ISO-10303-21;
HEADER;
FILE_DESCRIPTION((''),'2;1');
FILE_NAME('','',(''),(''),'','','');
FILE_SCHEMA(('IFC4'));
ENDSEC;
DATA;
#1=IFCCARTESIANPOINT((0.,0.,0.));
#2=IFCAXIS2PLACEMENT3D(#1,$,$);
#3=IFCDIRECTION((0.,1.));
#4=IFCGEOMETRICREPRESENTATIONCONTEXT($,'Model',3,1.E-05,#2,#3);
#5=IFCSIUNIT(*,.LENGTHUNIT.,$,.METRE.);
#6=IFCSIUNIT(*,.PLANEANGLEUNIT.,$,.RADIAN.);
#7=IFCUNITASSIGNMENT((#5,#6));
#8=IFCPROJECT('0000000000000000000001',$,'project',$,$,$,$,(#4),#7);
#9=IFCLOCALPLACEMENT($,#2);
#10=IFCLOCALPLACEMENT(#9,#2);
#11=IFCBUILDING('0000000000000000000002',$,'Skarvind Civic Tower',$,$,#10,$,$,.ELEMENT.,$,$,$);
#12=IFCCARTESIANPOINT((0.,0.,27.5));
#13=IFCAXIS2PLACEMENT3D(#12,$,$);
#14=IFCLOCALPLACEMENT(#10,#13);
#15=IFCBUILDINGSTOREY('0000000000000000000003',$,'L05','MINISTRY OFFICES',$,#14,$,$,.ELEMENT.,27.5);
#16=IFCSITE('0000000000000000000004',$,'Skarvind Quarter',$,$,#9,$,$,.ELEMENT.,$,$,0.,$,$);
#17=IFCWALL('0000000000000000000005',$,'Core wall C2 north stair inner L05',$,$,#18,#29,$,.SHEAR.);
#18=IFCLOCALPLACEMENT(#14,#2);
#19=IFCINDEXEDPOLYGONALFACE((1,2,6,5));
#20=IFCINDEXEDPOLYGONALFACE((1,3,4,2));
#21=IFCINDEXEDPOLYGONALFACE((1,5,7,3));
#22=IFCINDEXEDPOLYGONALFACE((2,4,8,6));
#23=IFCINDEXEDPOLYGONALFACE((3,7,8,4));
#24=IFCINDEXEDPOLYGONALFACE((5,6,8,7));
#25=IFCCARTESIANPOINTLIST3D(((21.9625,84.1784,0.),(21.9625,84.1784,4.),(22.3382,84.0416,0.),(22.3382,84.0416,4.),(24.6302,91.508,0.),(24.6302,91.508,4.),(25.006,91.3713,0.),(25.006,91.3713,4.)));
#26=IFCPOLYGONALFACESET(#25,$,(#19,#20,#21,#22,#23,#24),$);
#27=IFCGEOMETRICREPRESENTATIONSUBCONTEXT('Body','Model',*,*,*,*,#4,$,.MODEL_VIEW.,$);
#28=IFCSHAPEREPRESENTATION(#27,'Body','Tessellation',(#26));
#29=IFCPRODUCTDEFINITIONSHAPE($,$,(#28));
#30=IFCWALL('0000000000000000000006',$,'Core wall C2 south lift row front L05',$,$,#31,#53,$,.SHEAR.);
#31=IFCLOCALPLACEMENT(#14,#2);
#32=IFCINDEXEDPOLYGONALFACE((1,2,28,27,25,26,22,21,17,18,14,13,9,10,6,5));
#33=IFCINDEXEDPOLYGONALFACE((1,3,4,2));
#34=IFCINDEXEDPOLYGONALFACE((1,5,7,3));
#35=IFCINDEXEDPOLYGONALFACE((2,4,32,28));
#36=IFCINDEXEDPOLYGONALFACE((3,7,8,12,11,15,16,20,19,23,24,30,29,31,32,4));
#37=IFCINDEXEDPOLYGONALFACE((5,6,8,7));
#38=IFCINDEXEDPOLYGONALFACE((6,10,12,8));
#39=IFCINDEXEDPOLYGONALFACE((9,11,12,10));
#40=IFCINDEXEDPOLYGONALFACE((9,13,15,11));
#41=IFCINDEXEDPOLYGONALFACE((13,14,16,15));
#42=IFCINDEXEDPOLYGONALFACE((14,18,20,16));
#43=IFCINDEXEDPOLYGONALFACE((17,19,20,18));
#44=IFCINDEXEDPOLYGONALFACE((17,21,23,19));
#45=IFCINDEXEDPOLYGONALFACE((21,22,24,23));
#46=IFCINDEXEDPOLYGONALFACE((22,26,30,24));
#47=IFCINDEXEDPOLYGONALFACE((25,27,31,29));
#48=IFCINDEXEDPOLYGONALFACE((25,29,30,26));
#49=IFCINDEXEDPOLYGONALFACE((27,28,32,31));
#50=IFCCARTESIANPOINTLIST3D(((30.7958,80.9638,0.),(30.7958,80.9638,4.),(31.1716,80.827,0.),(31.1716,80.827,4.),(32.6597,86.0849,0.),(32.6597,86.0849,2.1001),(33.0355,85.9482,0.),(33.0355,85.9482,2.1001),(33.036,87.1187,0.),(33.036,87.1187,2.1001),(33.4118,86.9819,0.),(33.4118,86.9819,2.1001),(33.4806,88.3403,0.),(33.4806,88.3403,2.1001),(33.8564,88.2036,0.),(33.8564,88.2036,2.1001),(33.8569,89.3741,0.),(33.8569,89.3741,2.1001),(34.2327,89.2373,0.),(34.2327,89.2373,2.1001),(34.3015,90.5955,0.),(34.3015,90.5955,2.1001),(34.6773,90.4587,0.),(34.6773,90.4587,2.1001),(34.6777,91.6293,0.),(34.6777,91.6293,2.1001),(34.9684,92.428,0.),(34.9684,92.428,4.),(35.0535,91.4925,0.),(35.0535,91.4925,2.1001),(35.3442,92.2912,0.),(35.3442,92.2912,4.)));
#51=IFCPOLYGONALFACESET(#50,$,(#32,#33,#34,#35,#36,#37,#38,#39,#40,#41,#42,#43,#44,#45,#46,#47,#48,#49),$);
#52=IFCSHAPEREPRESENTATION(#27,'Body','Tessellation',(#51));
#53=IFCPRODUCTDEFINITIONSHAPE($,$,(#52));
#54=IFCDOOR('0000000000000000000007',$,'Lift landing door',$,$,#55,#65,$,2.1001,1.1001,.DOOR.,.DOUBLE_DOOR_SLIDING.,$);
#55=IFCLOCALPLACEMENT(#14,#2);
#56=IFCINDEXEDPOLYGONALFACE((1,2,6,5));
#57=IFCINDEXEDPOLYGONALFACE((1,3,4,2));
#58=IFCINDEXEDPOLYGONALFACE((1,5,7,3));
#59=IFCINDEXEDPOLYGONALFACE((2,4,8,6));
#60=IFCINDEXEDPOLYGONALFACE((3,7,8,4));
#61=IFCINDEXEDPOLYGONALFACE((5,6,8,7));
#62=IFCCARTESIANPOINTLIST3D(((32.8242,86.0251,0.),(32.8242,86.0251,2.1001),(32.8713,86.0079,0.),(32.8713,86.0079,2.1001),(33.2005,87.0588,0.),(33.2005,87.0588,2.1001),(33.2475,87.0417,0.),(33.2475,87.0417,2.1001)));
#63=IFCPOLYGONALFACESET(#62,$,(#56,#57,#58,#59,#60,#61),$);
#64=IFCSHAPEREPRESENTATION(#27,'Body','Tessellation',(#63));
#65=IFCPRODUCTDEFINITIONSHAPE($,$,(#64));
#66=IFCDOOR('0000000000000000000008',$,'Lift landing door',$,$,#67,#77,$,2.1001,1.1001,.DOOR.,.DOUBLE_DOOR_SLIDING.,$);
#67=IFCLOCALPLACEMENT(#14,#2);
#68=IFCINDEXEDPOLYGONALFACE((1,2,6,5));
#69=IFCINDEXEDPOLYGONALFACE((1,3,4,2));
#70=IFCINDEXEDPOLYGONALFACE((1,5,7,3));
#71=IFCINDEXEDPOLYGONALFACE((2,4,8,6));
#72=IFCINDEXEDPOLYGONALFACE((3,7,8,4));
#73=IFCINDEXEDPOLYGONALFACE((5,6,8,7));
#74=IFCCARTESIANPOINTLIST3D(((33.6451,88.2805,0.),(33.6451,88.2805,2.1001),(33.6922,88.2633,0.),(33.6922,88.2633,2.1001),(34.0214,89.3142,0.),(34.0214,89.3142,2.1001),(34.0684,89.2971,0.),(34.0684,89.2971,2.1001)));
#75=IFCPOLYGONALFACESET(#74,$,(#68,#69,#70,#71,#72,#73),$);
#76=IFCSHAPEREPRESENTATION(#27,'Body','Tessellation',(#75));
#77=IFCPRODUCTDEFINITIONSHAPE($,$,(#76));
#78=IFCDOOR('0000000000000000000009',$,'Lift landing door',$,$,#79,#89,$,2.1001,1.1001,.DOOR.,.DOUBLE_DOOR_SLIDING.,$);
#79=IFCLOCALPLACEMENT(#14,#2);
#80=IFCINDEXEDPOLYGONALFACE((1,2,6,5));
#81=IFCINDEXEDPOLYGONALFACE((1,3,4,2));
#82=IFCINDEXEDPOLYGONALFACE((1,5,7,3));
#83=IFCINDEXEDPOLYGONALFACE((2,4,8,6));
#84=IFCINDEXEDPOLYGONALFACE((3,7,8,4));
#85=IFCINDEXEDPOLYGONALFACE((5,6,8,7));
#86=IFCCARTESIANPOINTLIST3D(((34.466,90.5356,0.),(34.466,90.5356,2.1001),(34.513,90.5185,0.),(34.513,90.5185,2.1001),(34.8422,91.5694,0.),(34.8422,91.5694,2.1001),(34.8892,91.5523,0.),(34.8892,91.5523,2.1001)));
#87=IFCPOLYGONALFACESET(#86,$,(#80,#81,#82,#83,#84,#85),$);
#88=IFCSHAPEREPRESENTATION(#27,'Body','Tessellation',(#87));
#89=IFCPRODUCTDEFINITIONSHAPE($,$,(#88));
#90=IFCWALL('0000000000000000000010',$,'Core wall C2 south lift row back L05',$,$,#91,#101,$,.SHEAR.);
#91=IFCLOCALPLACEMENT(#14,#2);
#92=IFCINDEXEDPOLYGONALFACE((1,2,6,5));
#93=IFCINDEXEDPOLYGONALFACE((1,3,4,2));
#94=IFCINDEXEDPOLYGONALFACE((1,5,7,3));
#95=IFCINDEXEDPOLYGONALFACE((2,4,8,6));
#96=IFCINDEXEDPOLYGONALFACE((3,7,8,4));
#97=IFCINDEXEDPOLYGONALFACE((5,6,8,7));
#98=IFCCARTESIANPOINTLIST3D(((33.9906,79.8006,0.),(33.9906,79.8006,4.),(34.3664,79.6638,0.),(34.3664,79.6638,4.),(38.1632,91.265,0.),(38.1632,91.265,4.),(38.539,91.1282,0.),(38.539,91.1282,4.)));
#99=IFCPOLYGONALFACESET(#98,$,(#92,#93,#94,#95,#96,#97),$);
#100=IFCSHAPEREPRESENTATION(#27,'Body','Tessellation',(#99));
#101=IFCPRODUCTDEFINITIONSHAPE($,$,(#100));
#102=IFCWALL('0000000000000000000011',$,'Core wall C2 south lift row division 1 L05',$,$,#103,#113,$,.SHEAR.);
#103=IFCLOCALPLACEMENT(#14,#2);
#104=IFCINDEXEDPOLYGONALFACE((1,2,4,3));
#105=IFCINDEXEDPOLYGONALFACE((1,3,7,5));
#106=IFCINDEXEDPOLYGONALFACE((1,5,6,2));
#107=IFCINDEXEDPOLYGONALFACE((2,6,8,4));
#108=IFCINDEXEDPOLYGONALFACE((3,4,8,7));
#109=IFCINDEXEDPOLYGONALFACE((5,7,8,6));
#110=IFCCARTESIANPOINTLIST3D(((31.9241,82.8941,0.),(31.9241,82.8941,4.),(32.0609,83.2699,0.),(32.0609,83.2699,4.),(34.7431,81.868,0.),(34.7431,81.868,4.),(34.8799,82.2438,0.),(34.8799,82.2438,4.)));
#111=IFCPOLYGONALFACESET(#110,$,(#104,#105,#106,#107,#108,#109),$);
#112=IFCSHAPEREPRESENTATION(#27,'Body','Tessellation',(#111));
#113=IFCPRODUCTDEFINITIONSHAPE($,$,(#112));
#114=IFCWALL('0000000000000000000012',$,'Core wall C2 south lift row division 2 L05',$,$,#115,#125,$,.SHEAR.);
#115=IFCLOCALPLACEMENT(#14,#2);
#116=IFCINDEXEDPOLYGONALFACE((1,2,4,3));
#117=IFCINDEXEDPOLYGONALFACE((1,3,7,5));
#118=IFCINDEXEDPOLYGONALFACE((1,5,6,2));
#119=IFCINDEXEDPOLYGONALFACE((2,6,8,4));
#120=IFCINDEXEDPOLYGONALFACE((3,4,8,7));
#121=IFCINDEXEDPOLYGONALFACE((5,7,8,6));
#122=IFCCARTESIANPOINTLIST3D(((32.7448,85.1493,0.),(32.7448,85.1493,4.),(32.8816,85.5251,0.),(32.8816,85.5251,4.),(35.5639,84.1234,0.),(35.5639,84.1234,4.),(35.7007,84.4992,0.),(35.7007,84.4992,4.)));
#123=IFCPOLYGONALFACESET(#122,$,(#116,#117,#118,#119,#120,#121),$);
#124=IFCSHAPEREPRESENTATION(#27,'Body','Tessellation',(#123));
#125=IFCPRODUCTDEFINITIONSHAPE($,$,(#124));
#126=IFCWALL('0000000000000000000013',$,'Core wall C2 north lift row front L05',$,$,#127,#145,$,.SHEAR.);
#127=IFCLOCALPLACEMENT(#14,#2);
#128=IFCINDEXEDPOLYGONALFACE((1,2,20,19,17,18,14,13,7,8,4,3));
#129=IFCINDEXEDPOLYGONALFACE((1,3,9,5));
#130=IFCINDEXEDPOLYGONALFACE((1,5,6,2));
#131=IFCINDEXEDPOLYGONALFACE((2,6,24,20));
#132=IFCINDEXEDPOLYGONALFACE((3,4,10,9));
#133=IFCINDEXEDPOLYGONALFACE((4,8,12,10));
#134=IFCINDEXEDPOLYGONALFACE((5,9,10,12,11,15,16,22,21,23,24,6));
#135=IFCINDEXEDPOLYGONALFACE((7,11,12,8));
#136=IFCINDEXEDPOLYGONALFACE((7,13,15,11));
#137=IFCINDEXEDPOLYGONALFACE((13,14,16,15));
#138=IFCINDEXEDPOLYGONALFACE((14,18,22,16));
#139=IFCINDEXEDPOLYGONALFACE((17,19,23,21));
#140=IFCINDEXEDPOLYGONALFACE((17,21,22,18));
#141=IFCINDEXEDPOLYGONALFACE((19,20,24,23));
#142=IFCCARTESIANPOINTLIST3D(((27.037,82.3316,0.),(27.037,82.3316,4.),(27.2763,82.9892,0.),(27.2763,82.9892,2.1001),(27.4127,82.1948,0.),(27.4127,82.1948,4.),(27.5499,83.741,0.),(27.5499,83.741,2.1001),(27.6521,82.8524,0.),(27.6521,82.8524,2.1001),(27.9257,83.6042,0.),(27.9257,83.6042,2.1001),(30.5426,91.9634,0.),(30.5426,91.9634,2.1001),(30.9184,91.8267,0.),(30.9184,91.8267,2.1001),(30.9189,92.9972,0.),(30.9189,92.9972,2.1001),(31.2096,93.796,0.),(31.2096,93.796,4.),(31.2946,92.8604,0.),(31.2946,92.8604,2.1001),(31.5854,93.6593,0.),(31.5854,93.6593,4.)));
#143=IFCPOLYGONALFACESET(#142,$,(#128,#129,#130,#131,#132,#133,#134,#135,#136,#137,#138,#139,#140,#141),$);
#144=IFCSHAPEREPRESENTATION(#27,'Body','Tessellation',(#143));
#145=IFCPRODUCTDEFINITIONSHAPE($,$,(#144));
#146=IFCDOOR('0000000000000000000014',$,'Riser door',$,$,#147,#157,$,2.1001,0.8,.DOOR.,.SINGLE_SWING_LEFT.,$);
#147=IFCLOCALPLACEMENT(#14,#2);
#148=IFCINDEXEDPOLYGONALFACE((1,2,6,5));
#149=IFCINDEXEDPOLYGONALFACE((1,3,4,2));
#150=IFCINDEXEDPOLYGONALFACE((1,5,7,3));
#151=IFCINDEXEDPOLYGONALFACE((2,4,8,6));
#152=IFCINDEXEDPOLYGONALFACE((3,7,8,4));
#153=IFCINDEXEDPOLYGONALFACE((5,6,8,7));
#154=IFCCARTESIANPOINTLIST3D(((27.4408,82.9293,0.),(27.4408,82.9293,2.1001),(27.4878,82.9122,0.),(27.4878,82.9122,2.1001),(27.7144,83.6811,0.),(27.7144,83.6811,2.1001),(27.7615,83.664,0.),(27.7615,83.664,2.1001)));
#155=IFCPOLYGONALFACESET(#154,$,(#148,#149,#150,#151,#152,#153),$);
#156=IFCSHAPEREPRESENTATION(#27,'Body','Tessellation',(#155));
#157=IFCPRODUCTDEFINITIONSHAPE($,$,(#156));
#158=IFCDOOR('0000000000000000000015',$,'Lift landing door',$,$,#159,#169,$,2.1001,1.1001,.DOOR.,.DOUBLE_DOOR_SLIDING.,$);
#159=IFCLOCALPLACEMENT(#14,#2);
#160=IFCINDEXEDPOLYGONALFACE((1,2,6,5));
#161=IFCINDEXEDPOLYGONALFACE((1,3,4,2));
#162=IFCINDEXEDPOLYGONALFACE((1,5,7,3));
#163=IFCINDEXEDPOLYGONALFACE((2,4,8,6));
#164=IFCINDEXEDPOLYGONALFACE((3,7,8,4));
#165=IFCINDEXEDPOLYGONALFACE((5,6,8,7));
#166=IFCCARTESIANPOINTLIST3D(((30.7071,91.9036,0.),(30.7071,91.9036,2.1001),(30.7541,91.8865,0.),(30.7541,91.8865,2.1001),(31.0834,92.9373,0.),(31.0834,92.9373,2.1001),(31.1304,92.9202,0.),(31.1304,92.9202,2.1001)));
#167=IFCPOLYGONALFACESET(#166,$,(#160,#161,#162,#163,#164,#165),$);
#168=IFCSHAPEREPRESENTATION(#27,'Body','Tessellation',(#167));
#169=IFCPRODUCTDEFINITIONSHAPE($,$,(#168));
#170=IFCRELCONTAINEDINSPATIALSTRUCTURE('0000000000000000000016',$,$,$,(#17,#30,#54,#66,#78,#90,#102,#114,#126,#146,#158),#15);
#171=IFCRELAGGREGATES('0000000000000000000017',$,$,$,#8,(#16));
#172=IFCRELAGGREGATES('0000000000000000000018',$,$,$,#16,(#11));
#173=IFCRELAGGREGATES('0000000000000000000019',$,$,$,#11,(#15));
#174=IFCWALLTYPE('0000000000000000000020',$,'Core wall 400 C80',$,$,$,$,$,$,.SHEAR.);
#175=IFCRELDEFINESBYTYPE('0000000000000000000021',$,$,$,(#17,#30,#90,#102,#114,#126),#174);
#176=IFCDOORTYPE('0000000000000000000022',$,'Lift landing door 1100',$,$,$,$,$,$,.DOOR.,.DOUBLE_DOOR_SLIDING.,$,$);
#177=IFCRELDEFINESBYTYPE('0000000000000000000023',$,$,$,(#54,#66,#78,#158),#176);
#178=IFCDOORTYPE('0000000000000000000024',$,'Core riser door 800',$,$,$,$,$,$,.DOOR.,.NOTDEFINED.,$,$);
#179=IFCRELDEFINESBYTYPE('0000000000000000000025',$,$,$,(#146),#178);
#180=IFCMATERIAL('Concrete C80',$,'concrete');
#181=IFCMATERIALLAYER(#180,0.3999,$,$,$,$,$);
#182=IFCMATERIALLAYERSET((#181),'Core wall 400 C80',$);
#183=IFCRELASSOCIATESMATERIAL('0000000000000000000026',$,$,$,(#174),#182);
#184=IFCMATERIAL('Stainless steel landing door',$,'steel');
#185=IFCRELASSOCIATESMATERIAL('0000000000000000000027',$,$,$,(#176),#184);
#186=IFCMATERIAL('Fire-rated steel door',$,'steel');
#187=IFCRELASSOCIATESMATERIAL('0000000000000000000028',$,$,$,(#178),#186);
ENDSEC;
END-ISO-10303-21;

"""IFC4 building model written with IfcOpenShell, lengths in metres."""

from ifc_helpers import new_model, si_unit, direction, frame, frame_2d, origin, place, context, subcontext, project, spatial, rectangle, extrude, material, layer, layer_set, type_object, element, fill, save


model = new_model("IFC4")

# Units and contexts
model_context = context("Model", 3, precision=1e-05, world=origin(), true_north=direction((0.0, 1.0)))
body_context = subcontext(model_context, "Body", "Model", "MODEL_VIEW")
ifc_project = project(units=[si_unit("LENGTHUNIT", "METRE"), si_unit("PLANEANGLEUNIT", "RADIAN")], contexts=[model_context])

# Site, building, storey
site_placement = place(None, origin())
site = spatial("IfcSite", under=ifc_project, at=site_placement, Name="Skarvind Quarter", CompositionType="ELEMENT", RefElevation=0.0)
building_placement = place(site_placement, origin())
building = spatial("IfcBuilding", under=site, at=building_placement, Name="Skarvind Civic Tower", CompositionType="ELEMENT")
storey_placement = place(building_placement, frame((0.0, 0.0, 27.5)))
storey = spatial("IfcBuildingStorey", under=building, at=storey_placement, Name="L05", Description="MINISTRY OFFICES", CompositionType="ELEMENT", Elevation=27.5)

# Wall
ifc_material_1 = material(Name="Concrete C80", Category="concrete")
ifc_layer_1 = layer(ifc_material_1, 0.3999)
ifc_layer_set_1 = layer_set([ifc_layer_1], Name="Core wall 400 C80")
wall_type_1 = type_object("IfcWallType", Name="Core wall 400 C80", PredefinedType="SHEAR", material=ifc_layer_set_1)
wall_1_placement = place(storey_placement, frame((22.1504, 84.1101, 0.0), z_axis=(0.0, 0.0, 1.0), x_axis=(0.342017, 0.939694, 0.0)))
element("IfcWall", 1, at=wall_1_placement, inside=storey, type_object=wall_type_1, Name="Core wall C2 north stair inner L05", PredefinedType="SHEAR", context=body_context, shape_type="SweptSolid", body=[
    extrude(rectangle(XDim=7.8, YDim=0.3999, at=frame_2d((3.8999, 0.0))), origin(), (0.0, 0.0, 1.0), 4.0),
])

# Wall, openings, doors
wall_2_placement = place(storey_placement, frame((30.9836, 80.8953, 0.0), z_axis=(0.0, 0.0, 1.0), x_axis=(0.342021, 0.939692, 0.0)))
wall_2 = element("IfcWall", 2, at=wall_2_placement, inside=storey, type_object=wall_type_1, Name="Core wall C2 south lift row front L05", PredefinedType="SHEAR", context=body_context, shape_type="SweptSolid", body=[
    extrude(rectangle(XDim=12.2, YDim=0.3999, at=frame_2d((6.1001, 0.0))), origin(), (0.0, 0.0, 1.0), 4.0),
])
opening_1_placement = place(wall_2_placement, frame((5.45, 0.0, 0.0)))
opening_1 = element("IfcOpeningElement", 3, at=opening_1_placement, cuts=wall_2, PredefinedType="OPENING", context=body_context, shape_type="SweptSolid", body=[
    extrude(rectangle(XDim=1.1001, YDim=2.1001, at=frame_2d((0.55, 1.05))), frame((0.0, 0.21, 0.0), z_axis=(0.0, -1.0, 0.0), x_axis=(1.0, 0.0, 0.0)), (0.0, 0.0, 1.0), 0.4199),
])
opening_2_placement = place(wall_2_placement, frame((7.8501, 0.0, 0.0)))
opening_2 = element("IfcOpeningElement", 4, at=opening_2_placement, cuts=wall_2, PredefinedType="OPENING", context=body_context, shape_type="SweptSolid", body=[
    extrude(rectangle(XDim=1.1001, YDim=2.1001, at=frame_2d((0.55, 1.05))), frame((0.0, 0.21, 0.0), z_axis=(0.0, -1.0, 0.0), x_axis=(1.0, 0.0, 0.0)), (0.0, 0.0, 1.0), 0.4199),
])
opening_3_placement = place(wall_2_placement, frame((10.25, 0.0, 0.0)))
opening_3 = element("IfcOpeningElement", 5, at=opening_3_placement, cuts=wall_2, PredefinedType="OPENING", context=body_context, shape_type="SweptSolid", body=[
    extrude(rectangle(XDim=1.1001, YDim=2.1001, at=frame_2d((0.55, 1.05))), frame((0.0, 0.21, 0.0), z_axis=(0.0, -1.0, 0.0), x_axis=(1.0, 0.0, 0.0)), (0.0, 0.0, 1.0), 0.4199),
])
ifc_material_2 = material(Name="Stainless steel landing door", Category="steel")
door_type_1 = type_object("IfcDoorType", Name="Lift landing door 1100", OperationType="DOUBLE_DOOR_SLIDING", PredefinedType="DOOR", material=ifc_material_2)
door_1_placement = place(opening_1_placement, origin())
door_1 = element("IfcDoor", 6, at=door_1_placement, inside=storey, type_object=door_type_1, Name="Lift landing door", OperationType="DOUBLE_DOOR_SLIDING", OverallHeight=2.1001, OverallWidth=1.1001, PredefinedType="DOOR", context=body_context, shape_type="SweptSolid", body=[
    extrude(rectangle(XDim=1.1001, YDim=2.1001, at=frame_2d((0.55, 1.05))), frame((0.0, 0.0249, 0.0), z_axis=(0.0, -1.0, 0.0), x_axis=(1.0, 0.0, 0.0)), (0.0, 0.0, 1.0), 0.05),
])
fill(opening_1, door_1)
door_2_placement = place(opening_2_placement, origin())
door_2 = element("IfcDoor", 7, at=door_2_placement, inside=storey, type_object=door_type_1, Name="Lift landing door", OperationType="DOUBLE_DOOR_SLIDING", OverallHeight=2.1001, OverallWidth=1.1001, PredefinedType="DOOR", context=body_context, shape_type="SweptSolid", body=[
    extrude(rectangle(XDim=1.1001, YDim=2.1001, at=frame_2d((0.55, 1.05))), frame((0.0, 0.0249, 0.0), z_axis=(0.0, -1.0, 0.0), x_axis=(1.0, 0.0, 0.0)), (0.0, 0.0, 1.0), 0.05),
])
fill(opening_2, door_2)
door_3_placement = place(opening_3_placement, origin())
door_3 = element("IfcDoor", 8, at=door_3_placement, inside=storey, type_object=door_type_1, Name="Lift landing door", OperationType="DOUBLE_DOOR_SLIDING", OverallHeight=2.1001, OverallWidth=1.1001, PredefinedType="DOOR", context=body_context, shape_type="SweptSolid", body=[
    extrude(rectangle(XDim=1.1001, YDim=2.1001, at=frame_2d((0.55, 1.05))), frame((0.0, 0.0249, 0.0), z_axis=(0.0, -1.0, 0.0), x_axis=(1.0, 0.0, 0.0)), (0.0, 0.0, 1.0), 0.05),
])
fill(opening_3, door_3)

# Walls
wall_3_placement = place(storey_placement, frame((34.1785, 79.7322, 0.0), z_axis=(0.0, 0.0, 1.0), x_axis=(0.342015, 0.939695, 0.0)))
element("IfcWall", 9, at=wall_3_placement, inside=storey, type_object=wall_type_1, Name="Core wall C2 south lift row back L05", PredefinedType="SHEAR", context=body_context, shape_type="SweptSolid", body=[
    extrude(rectangle(XDim=12.2002, YDim=0.3999, at=frame_2d((6.1001, 0.0))), origin(), (0.0, 0.0, 1.0), 4.0),
])
for number, where, z_axis, x_axis, name in (
    (10, (34.8115, 82.0559, 0.0), (0.0, 0.0, 1.0), (-0.939686, 0.342037, 0.0), "Core wall C2 south lift row division 1 L05"),
    (11, (35.6323, 84.3113, 0.0), (0.0, 0.0, 1.0), (-0.939713, 0.341965, 0.0), "Core wall C2 south lift row division 2 L05"),
):
    element("IfcWall", number, at=place(storey_placement, frame(where, z_axis=z_axis, x_axis=x_axis)), inside=storey, type_object=wall_type_1, Name=name, PredefinedType="SHEAR", context=body_context, shape_type="SweptSolid", body=[
        extrude(rectangle(XDim=3.0, YDim=0.3999, at=frame_2d((1.5, 0.0))), origin(), (0.0, 0.0, 1.0), 4.0),
    ])

# Wall, openings, doors
wall_4_placement = place(storey_placement, frame((27.2249, 82.2632, 0.0), z_axis=(0.0, 0.0, 1.0), x_axis=(0.342015, 0.939695, 0.0)))
wall_4 = element("IfcWall", 12, at=wall_4_placement, inside=storey, type_object=wall_type_1, Name="Core wall C2 north lift row front L05", PredefinedType="SHEAR", context=body_context, shape_type="SweptSolid", body=[
    extrude(rectangle(XDim=12.2002, YDim=0.3999, at=frame_2d((6.1001, 0.0))), origin(), (0.0, 0.0, 1.0), 4.0),
])
opening_4_placement = place(wall_4_placement, frame((10.25, 0.0, 0.0)))
opening_4 = element("IfcOpeningElement", 13, at=opening_4_placement, cuts=wall_4, PredefinedType="OPENING", context=body_context, shape_type="SweptSolid", body=[
    extrude(rectangle(XDim=1.1001, YDim=2.1001, at=frame_2d((0.55, 1.05))), frame((0.0, 0.21, 0.0), z_axis=(0.0, -1.0, 0.0), x_axis=(1.0, 0.0, 0.0)), (0.0, 0.0, 1.0), 0.4199),
])
opening_5_placement = place(wall_4_placement, frame((0.7, 0.0, 0.0)))
opening_5 = element("IfcOpeningElement", 14, at=opening_5_placement, cuts=wall_4, PredefinedType="OPENING", context=body_context, shape_type="SweptSolid", body=[
    extrude(rectangle(XDim=0.8, YDim=2.1001, at=frame_2d((0.3999, 1.05))), frame((0.0, 0.21, 0.0), z_axis=(0.0, -1.0, 0.0), x_axis=(1.0, 0.0, 0.0)), (0.0, 0.0, 1.0), 0.4199),
])
ifc_material_3 = material(Name="Fire-rated steel door", Category="steel")
door_type_2 = type_object("IfcDoorType", Name="Core riser door 800", OperationType="NOTDEFINED", PredefinedType="DOOR", material=ifc_material_3)
door_4_placement = place(opening_5_placement, origin())
door_4 = element("IfcDoor", 15, at=door_4_placement, inside=storey, type_object=door_type_2, Name="Riser door", OperationType="SINGLE_SWING_LEFT", OverallHeight=2.1001, OverallWidth=0.8, PredefinedType="DOOR", context=body_context, shape_type="SweptSolid", body=[
    extrude(rectangle(XDim=0.8, YDim=2.1001, at=frame_2d((0.3999, 1.05))), frame((0.0, 0.0249, 0.0), z_axis=(0.0, -1.0, 0.0), x_axis=(1.0, 0.0, 0.0)), (0.0, 0.0, 1.0), 0.05),
])
fill(opening_5, door_4)
door_5_placement = place(opening_4_placement, origin())
door_5 = element("IfcDoor", 16, at=door_5_placement, inside=storey, type_object=door_type_1, Name="Lift landing door", OperationType="DOUBLE_DOOR_SLIDING", OverallHeight=2.1001, OverallWidth=1.1001, PredefinedType="DOOR", context=body_context, shape_type="SweptSolid", body=[
    extrude(rectangle(XDim=1.1001, YDim=2.1001, at=frame_2d((0.55, 1.05))), frame((0.0, 0.0249, 0.0), z_axis=(0.0, -1.0, 0.0), x_axis=(1.0, 0.0, 0.0)), (0.0, 0.0, 1.0), 0.05),
])
fill(opening_4, door_5)

save(model, "model.ifc")
